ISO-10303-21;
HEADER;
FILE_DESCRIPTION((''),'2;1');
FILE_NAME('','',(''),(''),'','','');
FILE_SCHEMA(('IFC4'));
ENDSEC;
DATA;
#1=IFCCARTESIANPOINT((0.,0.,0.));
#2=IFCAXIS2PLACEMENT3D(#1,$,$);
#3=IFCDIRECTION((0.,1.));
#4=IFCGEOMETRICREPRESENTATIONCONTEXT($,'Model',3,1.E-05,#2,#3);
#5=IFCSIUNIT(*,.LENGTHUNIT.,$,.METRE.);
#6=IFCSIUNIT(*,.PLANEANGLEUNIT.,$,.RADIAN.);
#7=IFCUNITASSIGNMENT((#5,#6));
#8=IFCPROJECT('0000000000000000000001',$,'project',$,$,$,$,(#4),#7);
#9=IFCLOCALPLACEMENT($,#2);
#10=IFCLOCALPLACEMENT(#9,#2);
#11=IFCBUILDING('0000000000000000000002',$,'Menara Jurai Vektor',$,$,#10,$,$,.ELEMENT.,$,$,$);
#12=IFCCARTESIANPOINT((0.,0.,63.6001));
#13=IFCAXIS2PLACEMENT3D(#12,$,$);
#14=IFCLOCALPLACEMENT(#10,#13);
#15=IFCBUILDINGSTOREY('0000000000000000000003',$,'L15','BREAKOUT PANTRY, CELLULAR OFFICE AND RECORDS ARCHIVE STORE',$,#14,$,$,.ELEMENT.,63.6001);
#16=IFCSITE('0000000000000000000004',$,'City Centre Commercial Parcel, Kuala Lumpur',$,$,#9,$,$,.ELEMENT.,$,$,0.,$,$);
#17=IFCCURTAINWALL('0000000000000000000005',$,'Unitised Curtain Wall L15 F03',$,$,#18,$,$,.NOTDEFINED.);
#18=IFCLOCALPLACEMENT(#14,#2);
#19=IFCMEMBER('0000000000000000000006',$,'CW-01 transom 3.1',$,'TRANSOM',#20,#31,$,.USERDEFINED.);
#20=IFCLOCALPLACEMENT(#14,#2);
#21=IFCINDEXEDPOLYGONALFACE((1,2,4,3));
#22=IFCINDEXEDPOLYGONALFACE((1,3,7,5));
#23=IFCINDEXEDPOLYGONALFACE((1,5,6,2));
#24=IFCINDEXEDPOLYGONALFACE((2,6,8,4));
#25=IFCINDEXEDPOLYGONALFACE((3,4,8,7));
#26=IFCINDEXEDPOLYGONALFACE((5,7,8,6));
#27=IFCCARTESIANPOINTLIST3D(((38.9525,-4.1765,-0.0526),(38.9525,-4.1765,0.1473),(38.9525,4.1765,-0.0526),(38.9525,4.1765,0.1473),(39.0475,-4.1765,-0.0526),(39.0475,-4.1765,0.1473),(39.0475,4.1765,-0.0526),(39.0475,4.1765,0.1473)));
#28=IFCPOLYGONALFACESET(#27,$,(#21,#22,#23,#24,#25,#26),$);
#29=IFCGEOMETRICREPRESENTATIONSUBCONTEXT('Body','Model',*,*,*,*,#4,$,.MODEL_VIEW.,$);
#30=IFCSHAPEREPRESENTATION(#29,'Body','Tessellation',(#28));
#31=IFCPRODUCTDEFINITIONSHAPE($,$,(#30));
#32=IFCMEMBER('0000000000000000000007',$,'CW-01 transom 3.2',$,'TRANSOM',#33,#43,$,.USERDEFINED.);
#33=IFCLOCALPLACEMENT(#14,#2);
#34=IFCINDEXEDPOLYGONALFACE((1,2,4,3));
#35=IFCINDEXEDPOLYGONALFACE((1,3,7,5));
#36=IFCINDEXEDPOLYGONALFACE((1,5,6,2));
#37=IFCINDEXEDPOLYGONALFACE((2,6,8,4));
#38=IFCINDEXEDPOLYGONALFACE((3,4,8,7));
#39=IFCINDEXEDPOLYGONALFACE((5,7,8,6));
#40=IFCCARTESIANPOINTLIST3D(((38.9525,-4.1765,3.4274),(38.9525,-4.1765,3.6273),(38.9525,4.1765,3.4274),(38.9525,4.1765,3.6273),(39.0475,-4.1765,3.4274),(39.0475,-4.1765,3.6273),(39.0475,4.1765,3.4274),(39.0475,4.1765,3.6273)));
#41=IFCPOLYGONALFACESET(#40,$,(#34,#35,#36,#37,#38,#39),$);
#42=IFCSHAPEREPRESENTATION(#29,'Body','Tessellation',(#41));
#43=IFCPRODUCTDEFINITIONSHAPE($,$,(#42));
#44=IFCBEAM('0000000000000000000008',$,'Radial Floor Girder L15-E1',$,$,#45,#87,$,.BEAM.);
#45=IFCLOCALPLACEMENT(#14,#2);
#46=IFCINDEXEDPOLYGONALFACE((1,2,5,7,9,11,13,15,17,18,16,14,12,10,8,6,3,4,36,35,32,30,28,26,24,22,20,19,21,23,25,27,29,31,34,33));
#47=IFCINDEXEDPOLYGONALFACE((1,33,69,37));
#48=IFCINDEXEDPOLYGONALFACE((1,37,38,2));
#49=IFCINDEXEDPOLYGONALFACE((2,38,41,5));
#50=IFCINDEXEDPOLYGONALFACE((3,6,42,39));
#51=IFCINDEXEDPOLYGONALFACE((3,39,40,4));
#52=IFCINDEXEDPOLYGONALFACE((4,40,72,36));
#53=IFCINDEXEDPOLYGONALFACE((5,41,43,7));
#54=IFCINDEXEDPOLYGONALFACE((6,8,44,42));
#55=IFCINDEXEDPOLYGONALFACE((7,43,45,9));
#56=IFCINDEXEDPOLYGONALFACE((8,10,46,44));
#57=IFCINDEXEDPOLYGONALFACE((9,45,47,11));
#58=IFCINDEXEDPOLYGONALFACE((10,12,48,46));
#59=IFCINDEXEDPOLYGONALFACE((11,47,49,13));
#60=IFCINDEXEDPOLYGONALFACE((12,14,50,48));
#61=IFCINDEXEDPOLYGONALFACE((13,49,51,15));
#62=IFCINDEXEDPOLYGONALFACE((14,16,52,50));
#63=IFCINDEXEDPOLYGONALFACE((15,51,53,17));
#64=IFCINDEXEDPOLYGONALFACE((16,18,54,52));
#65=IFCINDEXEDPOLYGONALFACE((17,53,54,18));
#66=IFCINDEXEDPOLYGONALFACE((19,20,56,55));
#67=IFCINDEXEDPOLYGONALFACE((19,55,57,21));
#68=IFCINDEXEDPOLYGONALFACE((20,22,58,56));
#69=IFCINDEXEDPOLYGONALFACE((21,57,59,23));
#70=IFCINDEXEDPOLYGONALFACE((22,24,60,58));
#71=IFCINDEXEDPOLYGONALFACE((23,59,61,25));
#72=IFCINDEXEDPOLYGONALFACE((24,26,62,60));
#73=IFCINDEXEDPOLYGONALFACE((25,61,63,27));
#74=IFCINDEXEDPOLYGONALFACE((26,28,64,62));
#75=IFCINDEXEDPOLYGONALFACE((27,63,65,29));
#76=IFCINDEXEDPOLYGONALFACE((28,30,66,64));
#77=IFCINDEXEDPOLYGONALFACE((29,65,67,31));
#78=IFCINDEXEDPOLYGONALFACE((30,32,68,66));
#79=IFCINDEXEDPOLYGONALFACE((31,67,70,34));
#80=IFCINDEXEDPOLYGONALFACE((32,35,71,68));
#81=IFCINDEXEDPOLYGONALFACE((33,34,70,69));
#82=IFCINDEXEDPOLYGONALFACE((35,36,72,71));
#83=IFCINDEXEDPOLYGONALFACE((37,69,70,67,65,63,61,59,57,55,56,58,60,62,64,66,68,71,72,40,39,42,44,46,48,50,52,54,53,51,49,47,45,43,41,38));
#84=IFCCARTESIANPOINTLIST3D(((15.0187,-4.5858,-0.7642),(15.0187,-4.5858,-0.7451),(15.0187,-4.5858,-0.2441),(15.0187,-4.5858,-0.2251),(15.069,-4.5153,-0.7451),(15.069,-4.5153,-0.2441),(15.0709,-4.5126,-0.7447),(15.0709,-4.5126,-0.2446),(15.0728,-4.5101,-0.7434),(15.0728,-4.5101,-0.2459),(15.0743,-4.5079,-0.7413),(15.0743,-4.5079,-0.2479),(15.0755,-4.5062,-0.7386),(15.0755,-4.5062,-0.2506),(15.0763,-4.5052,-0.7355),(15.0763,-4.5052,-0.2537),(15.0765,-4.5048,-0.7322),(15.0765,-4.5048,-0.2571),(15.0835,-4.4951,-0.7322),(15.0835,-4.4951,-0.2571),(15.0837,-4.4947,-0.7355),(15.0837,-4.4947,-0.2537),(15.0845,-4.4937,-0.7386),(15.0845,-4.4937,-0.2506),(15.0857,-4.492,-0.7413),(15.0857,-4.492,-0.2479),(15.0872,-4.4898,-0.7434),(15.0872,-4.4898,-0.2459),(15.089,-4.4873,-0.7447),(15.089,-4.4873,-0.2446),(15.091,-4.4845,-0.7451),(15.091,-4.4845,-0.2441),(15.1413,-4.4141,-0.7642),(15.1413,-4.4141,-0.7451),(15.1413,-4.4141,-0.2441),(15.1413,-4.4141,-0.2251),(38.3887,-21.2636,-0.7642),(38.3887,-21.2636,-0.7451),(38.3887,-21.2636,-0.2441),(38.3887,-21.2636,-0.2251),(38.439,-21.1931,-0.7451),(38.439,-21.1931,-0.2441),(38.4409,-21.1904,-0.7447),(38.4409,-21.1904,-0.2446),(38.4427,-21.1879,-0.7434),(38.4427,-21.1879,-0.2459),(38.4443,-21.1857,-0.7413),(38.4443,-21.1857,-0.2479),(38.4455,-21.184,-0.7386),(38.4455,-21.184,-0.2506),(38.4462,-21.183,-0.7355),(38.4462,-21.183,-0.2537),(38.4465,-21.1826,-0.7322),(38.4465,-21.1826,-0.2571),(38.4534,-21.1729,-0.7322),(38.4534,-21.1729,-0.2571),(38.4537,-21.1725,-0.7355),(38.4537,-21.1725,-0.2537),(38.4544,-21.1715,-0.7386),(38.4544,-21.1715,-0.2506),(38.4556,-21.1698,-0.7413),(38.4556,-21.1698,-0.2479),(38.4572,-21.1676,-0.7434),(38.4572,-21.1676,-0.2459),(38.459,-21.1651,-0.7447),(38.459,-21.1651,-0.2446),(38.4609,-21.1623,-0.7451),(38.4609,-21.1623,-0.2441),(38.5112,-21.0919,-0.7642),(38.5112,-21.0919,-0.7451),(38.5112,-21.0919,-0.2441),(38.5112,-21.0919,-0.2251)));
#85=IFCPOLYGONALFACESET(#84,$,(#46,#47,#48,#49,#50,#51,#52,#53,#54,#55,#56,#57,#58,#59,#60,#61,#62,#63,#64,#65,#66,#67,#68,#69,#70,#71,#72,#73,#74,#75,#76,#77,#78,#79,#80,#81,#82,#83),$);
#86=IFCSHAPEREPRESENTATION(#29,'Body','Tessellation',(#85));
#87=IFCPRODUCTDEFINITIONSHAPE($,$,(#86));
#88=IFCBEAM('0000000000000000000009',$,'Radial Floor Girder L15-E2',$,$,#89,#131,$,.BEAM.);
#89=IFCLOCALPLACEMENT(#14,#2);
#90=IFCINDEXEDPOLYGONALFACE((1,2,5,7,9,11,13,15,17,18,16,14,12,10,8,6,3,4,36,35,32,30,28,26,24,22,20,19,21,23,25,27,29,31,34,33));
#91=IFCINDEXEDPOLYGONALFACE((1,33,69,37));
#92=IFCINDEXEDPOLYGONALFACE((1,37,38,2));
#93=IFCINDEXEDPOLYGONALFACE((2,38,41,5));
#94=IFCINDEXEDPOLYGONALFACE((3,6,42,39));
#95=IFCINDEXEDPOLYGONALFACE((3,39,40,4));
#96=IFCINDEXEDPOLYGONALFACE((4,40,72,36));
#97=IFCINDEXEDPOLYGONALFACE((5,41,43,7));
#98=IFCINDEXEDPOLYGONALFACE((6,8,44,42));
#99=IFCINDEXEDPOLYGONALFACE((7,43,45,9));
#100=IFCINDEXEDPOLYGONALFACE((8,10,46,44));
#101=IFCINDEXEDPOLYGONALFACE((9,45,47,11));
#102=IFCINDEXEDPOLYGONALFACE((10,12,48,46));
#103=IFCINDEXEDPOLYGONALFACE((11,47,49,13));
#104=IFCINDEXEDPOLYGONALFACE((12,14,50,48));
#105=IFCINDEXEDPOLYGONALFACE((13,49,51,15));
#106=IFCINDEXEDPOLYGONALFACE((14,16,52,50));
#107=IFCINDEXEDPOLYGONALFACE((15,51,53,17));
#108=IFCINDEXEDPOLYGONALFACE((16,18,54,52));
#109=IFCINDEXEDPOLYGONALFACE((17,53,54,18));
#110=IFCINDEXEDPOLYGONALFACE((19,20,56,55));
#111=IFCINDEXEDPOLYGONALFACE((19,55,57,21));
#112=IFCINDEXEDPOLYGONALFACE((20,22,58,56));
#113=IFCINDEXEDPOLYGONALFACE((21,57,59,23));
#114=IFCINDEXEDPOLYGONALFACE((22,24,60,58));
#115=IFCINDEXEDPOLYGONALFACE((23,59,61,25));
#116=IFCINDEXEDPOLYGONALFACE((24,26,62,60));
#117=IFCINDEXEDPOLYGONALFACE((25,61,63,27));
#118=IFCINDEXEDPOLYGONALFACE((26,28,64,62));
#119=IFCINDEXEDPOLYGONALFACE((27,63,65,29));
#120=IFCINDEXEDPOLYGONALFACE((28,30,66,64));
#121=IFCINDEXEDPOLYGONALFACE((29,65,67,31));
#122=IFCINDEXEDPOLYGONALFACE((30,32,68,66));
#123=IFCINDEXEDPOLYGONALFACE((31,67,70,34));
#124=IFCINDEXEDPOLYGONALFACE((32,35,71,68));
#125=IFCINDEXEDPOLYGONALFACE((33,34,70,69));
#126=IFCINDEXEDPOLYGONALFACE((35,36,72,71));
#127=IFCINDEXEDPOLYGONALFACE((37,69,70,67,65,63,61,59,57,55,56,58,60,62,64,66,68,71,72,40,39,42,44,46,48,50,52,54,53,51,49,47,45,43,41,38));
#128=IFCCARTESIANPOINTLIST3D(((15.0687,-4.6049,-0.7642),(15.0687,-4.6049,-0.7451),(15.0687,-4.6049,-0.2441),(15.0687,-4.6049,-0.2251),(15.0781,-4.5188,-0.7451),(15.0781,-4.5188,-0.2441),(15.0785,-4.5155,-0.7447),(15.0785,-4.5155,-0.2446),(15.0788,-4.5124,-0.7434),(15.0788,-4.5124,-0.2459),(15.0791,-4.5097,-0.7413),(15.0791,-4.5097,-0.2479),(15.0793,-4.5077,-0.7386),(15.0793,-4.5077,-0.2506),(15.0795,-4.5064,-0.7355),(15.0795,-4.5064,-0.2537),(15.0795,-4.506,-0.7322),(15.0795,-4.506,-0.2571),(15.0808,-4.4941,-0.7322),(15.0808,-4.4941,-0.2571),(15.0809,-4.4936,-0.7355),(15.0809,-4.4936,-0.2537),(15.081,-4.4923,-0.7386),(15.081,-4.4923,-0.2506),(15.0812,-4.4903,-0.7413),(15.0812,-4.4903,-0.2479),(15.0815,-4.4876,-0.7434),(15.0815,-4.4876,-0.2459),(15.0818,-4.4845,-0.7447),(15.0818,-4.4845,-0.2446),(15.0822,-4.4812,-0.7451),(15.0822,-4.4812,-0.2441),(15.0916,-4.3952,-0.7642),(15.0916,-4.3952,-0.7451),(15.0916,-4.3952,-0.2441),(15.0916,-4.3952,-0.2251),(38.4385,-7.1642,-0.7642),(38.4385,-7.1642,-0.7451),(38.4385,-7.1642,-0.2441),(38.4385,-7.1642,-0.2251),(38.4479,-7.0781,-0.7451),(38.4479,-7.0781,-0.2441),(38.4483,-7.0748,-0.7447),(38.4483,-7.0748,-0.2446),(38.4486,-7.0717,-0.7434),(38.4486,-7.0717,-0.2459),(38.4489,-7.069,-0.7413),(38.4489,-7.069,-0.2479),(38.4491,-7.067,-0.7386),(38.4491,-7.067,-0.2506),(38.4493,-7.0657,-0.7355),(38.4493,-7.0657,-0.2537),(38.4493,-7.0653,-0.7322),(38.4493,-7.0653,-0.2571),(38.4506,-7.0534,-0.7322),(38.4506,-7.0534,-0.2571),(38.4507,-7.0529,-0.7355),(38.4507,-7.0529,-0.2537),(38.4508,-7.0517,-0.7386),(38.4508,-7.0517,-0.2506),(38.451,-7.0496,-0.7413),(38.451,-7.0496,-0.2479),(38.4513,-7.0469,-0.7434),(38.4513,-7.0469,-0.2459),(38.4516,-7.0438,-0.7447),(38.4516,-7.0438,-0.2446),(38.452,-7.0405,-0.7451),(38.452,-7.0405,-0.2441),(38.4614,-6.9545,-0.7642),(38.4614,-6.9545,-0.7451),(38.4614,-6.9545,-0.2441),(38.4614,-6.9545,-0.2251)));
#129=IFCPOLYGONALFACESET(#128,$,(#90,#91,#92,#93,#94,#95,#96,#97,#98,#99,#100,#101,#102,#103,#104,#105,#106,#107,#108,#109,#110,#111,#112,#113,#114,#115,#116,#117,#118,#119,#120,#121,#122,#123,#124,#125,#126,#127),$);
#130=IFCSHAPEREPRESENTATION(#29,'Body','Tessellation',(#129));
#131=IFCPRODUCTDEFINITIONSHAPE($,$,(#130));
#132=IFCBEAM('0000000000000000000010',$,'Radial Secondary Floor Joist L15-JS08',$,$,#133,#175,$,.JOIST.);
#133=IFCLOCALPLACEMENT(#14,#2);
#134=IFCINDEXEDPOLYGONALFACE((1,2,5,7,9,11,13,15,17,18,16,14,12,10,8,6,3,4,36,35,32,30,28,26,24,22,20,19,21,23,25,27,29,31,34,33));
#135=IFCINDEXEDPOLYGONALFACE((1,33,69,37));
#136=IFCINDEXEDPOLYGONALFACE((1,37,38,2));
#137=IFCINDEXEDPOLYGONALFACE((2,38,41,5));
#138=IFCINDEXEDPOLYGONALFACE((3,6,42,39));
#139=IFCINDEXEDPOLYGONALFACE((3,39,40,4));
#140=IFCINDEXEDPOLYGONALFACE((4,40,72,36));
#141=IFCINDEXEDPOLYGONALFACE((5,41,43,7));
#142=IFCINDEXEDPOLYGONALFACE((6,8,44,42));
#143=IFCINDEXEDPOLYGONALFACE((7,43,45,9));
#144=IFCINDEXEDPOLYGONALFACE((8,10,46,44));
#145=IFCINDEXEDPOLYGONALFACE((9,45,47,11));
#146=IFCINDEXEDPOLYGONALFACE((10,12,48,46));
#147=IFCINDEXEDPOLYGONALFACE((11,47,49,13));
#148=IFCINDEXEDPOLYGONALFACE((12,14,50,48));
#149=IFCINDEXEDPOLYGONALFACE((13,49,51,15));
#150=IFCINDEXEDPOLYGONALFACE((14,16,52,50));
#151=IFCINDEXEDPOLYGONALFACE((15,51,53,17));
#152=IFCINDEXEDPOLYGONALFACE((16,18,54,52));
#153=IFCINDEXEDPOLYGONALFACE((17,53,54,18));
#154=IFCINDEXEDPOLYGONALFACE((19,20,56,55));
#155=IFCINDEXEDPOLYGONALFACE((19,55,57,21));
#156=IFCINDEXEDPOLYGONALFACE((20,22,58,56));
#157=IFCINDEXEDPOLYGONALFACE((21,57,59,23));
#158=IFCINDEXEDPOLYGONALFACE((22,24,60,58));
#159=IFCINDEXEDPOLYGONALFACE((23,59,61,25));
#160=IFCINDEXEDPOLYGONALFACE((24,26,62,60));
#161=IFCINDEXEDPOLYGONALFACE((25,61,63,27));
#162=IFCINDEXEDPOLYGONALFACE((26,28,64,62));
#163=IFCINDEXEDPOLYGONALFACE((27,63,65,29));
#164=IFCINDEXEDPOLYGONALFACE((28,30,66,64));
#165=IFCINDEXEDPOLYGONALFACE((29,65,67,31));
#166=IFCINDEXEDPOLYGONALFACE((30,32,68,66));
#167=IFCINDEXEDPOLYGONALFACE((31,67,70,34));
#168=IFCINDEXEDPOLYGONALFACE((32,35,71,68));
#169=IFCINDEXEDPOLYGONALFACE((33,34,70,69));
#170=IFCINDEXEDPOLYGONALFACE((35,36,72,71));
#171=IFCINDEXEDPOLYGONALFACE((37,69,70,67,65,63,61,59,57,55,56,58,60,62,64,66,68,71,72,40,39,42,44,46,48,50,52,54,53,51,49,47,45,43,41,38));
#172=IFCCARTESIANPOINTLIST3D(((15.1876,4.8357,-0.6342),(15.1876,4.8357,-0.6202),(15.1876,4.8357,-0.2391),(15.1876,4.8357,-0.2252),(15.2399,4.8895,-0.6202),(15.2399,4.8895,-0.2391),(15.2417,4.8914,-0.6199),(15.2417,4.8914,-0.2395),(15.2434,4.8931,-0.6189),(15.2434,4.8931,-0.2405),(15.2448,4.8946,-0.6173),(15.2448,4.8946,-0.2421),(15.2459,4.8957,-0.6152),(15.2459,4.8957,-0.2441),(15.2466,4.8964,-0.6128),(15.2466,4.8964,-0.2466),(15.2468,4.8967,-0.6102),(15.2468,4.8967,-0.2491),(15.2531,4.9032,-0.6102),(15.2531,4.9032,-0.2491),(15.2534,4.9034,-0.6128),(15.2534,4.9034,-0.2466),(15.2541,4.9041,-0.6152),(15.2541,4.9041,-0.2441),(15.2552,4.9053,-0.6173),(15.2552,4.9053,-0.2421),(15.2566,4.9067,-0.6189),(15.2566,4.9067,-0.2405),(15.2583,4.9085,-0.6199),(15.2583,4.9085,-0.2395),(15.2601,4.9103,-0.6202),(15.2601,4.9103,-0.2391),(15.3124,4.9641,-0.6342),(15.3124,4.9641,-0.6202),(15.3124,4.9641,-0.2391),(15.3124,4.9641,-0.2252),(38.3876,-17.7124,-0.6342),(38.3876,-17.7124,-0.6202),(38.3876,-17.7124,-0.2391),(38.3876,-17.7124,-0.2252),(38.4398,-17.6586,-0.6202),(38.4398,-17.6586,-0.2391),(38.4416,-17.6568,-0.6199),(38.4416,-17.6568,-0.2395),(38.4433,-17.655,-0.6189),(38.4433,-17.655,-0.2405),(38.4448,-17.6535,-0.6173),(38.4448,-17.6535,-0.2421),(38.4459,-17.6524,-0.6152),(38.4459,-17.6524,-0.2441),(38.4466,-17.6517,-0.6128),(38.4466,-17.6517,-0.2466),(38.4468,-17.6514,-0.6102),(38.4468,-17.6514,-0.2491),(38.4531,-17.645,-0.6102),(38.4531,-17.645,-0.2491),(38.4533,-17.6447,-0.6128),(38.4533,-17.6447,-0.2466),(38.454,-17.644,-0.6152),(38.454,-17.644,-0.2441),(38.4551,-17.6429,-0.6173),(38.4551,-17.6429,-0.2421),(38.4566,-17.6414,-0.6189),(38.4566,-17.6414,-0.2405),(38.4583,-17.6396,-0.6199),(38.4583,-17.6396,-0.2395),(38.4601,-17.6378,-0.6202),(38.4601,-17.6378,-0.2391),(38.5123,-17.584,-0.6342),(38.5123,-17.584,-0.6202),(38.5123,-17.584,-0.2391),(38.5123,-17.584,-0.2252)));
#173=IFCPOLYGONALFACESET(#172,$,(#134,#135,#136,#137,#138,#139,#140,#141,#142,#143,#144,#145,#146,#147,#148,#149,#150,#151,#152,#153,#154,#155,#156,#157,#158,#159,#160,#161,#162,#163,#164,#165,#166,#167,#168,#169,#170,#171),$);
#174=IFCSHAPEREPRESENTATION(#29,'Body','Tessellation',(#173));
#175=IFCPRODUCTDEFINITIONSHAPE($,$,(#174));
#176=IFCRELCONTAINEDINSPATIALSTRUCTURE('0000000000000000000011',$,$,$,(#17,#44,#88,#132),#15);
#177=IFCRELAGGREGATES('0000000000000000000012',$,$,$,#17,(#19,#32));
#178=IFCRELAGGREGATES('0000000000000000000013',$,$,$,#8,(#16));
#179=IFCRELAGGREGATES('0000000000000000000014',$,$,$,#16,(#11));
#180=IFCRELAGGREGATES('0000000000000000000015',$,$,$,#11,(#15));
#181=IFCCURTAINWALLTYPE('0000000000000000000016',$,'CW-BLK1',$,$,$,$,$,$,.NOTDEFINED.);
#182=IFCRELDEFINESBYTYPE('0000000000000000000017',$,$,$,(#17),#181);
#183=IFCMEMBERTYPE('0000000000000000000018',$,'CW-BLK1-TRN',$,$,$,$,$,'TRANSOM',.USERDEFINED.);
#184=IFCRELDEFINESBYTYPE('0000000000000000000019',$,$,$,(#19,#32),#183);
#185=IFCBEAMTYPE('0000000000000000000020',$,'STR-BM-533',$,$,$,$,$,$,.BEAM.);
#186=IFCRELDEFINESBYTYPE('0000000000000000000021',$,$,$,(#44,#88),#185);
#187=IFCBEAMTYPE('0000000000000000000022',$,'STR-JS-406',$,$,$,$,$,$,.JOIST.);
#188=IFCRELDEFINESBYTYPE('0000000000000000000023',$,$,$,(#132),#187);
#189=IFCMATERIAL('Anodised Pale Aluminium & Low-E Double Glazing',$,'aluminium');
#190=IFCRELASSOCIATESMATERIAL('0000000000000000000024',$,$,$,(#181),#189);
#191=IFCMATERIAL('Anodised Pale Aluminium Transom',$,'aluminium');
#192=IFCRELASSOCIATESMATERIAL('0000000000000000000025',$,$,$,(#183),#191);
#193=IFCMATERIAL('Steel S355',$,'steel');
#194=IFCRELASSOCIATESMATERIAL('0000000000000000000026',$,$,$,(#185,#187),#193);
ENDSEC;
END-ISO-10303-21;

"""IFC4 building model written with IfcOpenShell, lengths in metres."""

from ifc_helpers import new_model, si_unit, direction, frame, origin, origin_2d, place, context, subcontext, project, spatial, rectangle, i_section, extrude, material, material_profile, profile_set, type_object, element, aggregate, save


model = new_model("IFC4")

# Units and contexts
model_context = context("Model", 3, precision=1e-05, world=origin(), true_north=direction((0.0, 1.0)))
body_context = subcontext(model_context, "Body", "Model", "MODEL_VIEW")
ifc_project = project(units=[si_unit("LENGTHUNIT", "METRE"), si_unit("PLANEANGLEUNIT", "RADIAN")], contexts=[model_context])

# Site, building, storey
site_placement = place(None, origin())
site = spatial("IfcSite", under=ifc_project, at=site_placement, Name="City Centre Commercial Parcel, Kuala Lumpur", CompositionType="ELEMENT", RefElevation=0.0)
building_placement = place(site_placement, origin())
building = spatial("IfcBuilding", under=site, at=building_placement, Name="Menara Jurai Vektor", CompositionType="ELEMENT")
storey_placement = place(building_placement, frame((0.0, 0.0, 63.6001)))
storey = spatial("IfcBuildingStorey", under=building, at=storey_placement, Name="L15", Description="BREAKOUT PANTRY, CELLULAR OFFICE AND RECORDS ARCHIVE STORE", CompositionType="ELEMENT", Elevation=63.6001)

# Curtain wall, members
ifc_material_1 = material(Name="Anodised Pale Aluminium & Low-E Double Glazing", Category="aluminium")
curtain_wall_type = type_object("IfcCurtainWallType", Name="CW-BLK1", PredefinedType="NOTDEFINED", material=ifc_material_1)
curtain_wall_placement = place(storey_placement, origin())
curtain_wall = element("IfcCurtainWall", 1, at=curtain_wall_placement, inside=storey, type_object=curtain_wall_type, Name="Unitised Curtain Wall L15 F03", PredefinedType="NOTDEFINED")
ifc_material_2 = material(Name="Anodised Pale Aluminium Transom", Category="aluminium")
ifc_material_profile_1 = material_profile(ifc_material_2, rectangle(XDim=0.095, YDim=0.2, at=origin_2d()), Name="ALU TRN 95x200")
ifc_profile_set_1 = profile_set([ifc_material_profile_1], Name="Anodised Pale Aluminium Transom")
member_type_1 = type_object("IfcMemberType", Name="CW-BLK1-TRN", ElementType="TRANSOM", PredefinedType="USERDEFINED", material=ifc_profile_set_1)
member_1_placement = place(storey_placement, frame((39.0, -4.1765, 0.0474), z_axis=(0.0, 1.0, 0.0), x_axis=(-1.0, 0.0, 0.0)))
member_1 = element("IfcMember", 2, at=member_1_placement, type_object=member_type_1, Name="CW-01 transom 3.1", ObjectType="TRANSOM", PredefinedType="USERDEFINED", context=body_context, shape_type="SweptSolid", body=[
    extrude(rectangle(XDim=0.095, YDim=0.2, at=origin_2d()), origin(), (0.0, 0.0, 1.0), 8.353),
])
member_2_placement = place(storey_placement, frame((39.0, -4.1765, 3.5273), z_axis=(0.0, 1.0, 0.0), x_axis=(-1.0, 0.0, 0.0)))
member_2 = element("IfcMember", 3, at=member_2_placement, type_object=member_type_1, Name="CW-01 transom 3.2", ObjectType="TRANSOM", PredefinedType="USERDEFINED", context=body_context, shape_type="SweptSolid", body=[
    extrude(rectangle(XDim=0.095, YDim=0.2, at=origin_2d()), origin(), (0.0, 0.0, 1.0), 8.353),
])

# Beams
ifc_material_3 = material(Name="Steel S355", Category="steel")
ifc_material_profile_2 = material_profile(ifc_material_3, i_section(OverallWidth=0.2109, OverallDepth=0.5391, WebThickness=0.012, FlangeThickness=0.019, FilletRadius=0.0129, at=origin_2d()), Name="UKB 533x210x109")
ifc_profile_set_2 = profile_set([ifc_material_profile_2], Name="Steel S355")
beam_type_1 = type_object("IfcBeamType", Name="STR-BM-533", PredefinedType="BEAM", material=ifc_profile_set_2)
beam_1_placement = place(storey_placement, frame((38.45, -21.1777, -0.4946), z_axis=(-0.813981, 0.580891, 0.0), x_axis=(-0.580891, -0.813981, 0.0)))
element("IfcBeam", 4, at=beam_1_placement, inside=storey, type_object=beam_type_1, Name="Radial Floor Girder L15-E1", PredefinedType="BEAM", context=body_context, shape_type="SweptSolid", body=[
    extrude(i_section(OverallWidth=0.2109, OverallDepth=0.5391, WebThickness=0.012, FlangeThickness=0.019, FilletRadius=0.0129, at=origin_2d()), origin(), (0.0, 0.0, 1.0), 28.7107),
])
beam_2_placement = place(storey_placement, frame((38.45, -7.0593, -0.4946), z_axis=(-0.994057, 0.108863, 0.0), x_axis=(-0.108863, -0.994057, 0.0)))
element("IfcBeam", 5, at=beam_2_placement, inside=storey, type_object=beam_type_1, Name="Radial Floor Girder L15-E2", PredefinedType="BEAM", context=body_context, shape_type="SweptSolid", body=[
    extrude(i_section(OverallWidth=0.2109, OverallDepth=0.5391, WebThickness=0.012, FlangeThickness=0.019, FilletRadius=0.0129, at=origin_2d()), origin(), (0.0, 0.0, 1.0), 23.5095),
])
ifc_material_profile_3 = material_profile(ifc_material_3, i_section(OverallWidth=0.179, OverallDepth=0.4089, WebThickness=0.009, FlangeThickness=0.0139, FilletRadius=0.01, at=origin_2d()), Name="UKB 406x178x67")
ifc_profile_set_3 = profile_set([ifc_material_profile_3], Name="Steel S355")
beam_type_2 = type_object("IfcBeamType", Name="STR-JS-406", PredefinedType="JOIST", material=ifc_profile_set_3)
beam_3_placement = place(storey_placement, frame((38.45, -17.6482, -0.4297), z_axis=(-0.717109, 0.696961, 0.0), x_axis=(-0.696961, -0.717109, 0.0)))
element("IfcBeam", 6, at=beam_3_placement, inside=storey, type_object=beam_type_2, Name="Radial Secondary Floor Joist L15-JS08", PredefinedType="JOIST", context=body_context, shape_type="SweptSolid", body=[
    extrude(i_section(OverallWidth=0.179, OverallDepth=0.4089, WebThickness=0.009, FlangeThickness=0.0139, FilletRadius=0.01, at=origin_2d()), origin(), (0.0, 0.0, 1.0), 32.3521),
])

aggregate(curtain_wall, [member_1, member_2])

save(model, "model.ifc")
